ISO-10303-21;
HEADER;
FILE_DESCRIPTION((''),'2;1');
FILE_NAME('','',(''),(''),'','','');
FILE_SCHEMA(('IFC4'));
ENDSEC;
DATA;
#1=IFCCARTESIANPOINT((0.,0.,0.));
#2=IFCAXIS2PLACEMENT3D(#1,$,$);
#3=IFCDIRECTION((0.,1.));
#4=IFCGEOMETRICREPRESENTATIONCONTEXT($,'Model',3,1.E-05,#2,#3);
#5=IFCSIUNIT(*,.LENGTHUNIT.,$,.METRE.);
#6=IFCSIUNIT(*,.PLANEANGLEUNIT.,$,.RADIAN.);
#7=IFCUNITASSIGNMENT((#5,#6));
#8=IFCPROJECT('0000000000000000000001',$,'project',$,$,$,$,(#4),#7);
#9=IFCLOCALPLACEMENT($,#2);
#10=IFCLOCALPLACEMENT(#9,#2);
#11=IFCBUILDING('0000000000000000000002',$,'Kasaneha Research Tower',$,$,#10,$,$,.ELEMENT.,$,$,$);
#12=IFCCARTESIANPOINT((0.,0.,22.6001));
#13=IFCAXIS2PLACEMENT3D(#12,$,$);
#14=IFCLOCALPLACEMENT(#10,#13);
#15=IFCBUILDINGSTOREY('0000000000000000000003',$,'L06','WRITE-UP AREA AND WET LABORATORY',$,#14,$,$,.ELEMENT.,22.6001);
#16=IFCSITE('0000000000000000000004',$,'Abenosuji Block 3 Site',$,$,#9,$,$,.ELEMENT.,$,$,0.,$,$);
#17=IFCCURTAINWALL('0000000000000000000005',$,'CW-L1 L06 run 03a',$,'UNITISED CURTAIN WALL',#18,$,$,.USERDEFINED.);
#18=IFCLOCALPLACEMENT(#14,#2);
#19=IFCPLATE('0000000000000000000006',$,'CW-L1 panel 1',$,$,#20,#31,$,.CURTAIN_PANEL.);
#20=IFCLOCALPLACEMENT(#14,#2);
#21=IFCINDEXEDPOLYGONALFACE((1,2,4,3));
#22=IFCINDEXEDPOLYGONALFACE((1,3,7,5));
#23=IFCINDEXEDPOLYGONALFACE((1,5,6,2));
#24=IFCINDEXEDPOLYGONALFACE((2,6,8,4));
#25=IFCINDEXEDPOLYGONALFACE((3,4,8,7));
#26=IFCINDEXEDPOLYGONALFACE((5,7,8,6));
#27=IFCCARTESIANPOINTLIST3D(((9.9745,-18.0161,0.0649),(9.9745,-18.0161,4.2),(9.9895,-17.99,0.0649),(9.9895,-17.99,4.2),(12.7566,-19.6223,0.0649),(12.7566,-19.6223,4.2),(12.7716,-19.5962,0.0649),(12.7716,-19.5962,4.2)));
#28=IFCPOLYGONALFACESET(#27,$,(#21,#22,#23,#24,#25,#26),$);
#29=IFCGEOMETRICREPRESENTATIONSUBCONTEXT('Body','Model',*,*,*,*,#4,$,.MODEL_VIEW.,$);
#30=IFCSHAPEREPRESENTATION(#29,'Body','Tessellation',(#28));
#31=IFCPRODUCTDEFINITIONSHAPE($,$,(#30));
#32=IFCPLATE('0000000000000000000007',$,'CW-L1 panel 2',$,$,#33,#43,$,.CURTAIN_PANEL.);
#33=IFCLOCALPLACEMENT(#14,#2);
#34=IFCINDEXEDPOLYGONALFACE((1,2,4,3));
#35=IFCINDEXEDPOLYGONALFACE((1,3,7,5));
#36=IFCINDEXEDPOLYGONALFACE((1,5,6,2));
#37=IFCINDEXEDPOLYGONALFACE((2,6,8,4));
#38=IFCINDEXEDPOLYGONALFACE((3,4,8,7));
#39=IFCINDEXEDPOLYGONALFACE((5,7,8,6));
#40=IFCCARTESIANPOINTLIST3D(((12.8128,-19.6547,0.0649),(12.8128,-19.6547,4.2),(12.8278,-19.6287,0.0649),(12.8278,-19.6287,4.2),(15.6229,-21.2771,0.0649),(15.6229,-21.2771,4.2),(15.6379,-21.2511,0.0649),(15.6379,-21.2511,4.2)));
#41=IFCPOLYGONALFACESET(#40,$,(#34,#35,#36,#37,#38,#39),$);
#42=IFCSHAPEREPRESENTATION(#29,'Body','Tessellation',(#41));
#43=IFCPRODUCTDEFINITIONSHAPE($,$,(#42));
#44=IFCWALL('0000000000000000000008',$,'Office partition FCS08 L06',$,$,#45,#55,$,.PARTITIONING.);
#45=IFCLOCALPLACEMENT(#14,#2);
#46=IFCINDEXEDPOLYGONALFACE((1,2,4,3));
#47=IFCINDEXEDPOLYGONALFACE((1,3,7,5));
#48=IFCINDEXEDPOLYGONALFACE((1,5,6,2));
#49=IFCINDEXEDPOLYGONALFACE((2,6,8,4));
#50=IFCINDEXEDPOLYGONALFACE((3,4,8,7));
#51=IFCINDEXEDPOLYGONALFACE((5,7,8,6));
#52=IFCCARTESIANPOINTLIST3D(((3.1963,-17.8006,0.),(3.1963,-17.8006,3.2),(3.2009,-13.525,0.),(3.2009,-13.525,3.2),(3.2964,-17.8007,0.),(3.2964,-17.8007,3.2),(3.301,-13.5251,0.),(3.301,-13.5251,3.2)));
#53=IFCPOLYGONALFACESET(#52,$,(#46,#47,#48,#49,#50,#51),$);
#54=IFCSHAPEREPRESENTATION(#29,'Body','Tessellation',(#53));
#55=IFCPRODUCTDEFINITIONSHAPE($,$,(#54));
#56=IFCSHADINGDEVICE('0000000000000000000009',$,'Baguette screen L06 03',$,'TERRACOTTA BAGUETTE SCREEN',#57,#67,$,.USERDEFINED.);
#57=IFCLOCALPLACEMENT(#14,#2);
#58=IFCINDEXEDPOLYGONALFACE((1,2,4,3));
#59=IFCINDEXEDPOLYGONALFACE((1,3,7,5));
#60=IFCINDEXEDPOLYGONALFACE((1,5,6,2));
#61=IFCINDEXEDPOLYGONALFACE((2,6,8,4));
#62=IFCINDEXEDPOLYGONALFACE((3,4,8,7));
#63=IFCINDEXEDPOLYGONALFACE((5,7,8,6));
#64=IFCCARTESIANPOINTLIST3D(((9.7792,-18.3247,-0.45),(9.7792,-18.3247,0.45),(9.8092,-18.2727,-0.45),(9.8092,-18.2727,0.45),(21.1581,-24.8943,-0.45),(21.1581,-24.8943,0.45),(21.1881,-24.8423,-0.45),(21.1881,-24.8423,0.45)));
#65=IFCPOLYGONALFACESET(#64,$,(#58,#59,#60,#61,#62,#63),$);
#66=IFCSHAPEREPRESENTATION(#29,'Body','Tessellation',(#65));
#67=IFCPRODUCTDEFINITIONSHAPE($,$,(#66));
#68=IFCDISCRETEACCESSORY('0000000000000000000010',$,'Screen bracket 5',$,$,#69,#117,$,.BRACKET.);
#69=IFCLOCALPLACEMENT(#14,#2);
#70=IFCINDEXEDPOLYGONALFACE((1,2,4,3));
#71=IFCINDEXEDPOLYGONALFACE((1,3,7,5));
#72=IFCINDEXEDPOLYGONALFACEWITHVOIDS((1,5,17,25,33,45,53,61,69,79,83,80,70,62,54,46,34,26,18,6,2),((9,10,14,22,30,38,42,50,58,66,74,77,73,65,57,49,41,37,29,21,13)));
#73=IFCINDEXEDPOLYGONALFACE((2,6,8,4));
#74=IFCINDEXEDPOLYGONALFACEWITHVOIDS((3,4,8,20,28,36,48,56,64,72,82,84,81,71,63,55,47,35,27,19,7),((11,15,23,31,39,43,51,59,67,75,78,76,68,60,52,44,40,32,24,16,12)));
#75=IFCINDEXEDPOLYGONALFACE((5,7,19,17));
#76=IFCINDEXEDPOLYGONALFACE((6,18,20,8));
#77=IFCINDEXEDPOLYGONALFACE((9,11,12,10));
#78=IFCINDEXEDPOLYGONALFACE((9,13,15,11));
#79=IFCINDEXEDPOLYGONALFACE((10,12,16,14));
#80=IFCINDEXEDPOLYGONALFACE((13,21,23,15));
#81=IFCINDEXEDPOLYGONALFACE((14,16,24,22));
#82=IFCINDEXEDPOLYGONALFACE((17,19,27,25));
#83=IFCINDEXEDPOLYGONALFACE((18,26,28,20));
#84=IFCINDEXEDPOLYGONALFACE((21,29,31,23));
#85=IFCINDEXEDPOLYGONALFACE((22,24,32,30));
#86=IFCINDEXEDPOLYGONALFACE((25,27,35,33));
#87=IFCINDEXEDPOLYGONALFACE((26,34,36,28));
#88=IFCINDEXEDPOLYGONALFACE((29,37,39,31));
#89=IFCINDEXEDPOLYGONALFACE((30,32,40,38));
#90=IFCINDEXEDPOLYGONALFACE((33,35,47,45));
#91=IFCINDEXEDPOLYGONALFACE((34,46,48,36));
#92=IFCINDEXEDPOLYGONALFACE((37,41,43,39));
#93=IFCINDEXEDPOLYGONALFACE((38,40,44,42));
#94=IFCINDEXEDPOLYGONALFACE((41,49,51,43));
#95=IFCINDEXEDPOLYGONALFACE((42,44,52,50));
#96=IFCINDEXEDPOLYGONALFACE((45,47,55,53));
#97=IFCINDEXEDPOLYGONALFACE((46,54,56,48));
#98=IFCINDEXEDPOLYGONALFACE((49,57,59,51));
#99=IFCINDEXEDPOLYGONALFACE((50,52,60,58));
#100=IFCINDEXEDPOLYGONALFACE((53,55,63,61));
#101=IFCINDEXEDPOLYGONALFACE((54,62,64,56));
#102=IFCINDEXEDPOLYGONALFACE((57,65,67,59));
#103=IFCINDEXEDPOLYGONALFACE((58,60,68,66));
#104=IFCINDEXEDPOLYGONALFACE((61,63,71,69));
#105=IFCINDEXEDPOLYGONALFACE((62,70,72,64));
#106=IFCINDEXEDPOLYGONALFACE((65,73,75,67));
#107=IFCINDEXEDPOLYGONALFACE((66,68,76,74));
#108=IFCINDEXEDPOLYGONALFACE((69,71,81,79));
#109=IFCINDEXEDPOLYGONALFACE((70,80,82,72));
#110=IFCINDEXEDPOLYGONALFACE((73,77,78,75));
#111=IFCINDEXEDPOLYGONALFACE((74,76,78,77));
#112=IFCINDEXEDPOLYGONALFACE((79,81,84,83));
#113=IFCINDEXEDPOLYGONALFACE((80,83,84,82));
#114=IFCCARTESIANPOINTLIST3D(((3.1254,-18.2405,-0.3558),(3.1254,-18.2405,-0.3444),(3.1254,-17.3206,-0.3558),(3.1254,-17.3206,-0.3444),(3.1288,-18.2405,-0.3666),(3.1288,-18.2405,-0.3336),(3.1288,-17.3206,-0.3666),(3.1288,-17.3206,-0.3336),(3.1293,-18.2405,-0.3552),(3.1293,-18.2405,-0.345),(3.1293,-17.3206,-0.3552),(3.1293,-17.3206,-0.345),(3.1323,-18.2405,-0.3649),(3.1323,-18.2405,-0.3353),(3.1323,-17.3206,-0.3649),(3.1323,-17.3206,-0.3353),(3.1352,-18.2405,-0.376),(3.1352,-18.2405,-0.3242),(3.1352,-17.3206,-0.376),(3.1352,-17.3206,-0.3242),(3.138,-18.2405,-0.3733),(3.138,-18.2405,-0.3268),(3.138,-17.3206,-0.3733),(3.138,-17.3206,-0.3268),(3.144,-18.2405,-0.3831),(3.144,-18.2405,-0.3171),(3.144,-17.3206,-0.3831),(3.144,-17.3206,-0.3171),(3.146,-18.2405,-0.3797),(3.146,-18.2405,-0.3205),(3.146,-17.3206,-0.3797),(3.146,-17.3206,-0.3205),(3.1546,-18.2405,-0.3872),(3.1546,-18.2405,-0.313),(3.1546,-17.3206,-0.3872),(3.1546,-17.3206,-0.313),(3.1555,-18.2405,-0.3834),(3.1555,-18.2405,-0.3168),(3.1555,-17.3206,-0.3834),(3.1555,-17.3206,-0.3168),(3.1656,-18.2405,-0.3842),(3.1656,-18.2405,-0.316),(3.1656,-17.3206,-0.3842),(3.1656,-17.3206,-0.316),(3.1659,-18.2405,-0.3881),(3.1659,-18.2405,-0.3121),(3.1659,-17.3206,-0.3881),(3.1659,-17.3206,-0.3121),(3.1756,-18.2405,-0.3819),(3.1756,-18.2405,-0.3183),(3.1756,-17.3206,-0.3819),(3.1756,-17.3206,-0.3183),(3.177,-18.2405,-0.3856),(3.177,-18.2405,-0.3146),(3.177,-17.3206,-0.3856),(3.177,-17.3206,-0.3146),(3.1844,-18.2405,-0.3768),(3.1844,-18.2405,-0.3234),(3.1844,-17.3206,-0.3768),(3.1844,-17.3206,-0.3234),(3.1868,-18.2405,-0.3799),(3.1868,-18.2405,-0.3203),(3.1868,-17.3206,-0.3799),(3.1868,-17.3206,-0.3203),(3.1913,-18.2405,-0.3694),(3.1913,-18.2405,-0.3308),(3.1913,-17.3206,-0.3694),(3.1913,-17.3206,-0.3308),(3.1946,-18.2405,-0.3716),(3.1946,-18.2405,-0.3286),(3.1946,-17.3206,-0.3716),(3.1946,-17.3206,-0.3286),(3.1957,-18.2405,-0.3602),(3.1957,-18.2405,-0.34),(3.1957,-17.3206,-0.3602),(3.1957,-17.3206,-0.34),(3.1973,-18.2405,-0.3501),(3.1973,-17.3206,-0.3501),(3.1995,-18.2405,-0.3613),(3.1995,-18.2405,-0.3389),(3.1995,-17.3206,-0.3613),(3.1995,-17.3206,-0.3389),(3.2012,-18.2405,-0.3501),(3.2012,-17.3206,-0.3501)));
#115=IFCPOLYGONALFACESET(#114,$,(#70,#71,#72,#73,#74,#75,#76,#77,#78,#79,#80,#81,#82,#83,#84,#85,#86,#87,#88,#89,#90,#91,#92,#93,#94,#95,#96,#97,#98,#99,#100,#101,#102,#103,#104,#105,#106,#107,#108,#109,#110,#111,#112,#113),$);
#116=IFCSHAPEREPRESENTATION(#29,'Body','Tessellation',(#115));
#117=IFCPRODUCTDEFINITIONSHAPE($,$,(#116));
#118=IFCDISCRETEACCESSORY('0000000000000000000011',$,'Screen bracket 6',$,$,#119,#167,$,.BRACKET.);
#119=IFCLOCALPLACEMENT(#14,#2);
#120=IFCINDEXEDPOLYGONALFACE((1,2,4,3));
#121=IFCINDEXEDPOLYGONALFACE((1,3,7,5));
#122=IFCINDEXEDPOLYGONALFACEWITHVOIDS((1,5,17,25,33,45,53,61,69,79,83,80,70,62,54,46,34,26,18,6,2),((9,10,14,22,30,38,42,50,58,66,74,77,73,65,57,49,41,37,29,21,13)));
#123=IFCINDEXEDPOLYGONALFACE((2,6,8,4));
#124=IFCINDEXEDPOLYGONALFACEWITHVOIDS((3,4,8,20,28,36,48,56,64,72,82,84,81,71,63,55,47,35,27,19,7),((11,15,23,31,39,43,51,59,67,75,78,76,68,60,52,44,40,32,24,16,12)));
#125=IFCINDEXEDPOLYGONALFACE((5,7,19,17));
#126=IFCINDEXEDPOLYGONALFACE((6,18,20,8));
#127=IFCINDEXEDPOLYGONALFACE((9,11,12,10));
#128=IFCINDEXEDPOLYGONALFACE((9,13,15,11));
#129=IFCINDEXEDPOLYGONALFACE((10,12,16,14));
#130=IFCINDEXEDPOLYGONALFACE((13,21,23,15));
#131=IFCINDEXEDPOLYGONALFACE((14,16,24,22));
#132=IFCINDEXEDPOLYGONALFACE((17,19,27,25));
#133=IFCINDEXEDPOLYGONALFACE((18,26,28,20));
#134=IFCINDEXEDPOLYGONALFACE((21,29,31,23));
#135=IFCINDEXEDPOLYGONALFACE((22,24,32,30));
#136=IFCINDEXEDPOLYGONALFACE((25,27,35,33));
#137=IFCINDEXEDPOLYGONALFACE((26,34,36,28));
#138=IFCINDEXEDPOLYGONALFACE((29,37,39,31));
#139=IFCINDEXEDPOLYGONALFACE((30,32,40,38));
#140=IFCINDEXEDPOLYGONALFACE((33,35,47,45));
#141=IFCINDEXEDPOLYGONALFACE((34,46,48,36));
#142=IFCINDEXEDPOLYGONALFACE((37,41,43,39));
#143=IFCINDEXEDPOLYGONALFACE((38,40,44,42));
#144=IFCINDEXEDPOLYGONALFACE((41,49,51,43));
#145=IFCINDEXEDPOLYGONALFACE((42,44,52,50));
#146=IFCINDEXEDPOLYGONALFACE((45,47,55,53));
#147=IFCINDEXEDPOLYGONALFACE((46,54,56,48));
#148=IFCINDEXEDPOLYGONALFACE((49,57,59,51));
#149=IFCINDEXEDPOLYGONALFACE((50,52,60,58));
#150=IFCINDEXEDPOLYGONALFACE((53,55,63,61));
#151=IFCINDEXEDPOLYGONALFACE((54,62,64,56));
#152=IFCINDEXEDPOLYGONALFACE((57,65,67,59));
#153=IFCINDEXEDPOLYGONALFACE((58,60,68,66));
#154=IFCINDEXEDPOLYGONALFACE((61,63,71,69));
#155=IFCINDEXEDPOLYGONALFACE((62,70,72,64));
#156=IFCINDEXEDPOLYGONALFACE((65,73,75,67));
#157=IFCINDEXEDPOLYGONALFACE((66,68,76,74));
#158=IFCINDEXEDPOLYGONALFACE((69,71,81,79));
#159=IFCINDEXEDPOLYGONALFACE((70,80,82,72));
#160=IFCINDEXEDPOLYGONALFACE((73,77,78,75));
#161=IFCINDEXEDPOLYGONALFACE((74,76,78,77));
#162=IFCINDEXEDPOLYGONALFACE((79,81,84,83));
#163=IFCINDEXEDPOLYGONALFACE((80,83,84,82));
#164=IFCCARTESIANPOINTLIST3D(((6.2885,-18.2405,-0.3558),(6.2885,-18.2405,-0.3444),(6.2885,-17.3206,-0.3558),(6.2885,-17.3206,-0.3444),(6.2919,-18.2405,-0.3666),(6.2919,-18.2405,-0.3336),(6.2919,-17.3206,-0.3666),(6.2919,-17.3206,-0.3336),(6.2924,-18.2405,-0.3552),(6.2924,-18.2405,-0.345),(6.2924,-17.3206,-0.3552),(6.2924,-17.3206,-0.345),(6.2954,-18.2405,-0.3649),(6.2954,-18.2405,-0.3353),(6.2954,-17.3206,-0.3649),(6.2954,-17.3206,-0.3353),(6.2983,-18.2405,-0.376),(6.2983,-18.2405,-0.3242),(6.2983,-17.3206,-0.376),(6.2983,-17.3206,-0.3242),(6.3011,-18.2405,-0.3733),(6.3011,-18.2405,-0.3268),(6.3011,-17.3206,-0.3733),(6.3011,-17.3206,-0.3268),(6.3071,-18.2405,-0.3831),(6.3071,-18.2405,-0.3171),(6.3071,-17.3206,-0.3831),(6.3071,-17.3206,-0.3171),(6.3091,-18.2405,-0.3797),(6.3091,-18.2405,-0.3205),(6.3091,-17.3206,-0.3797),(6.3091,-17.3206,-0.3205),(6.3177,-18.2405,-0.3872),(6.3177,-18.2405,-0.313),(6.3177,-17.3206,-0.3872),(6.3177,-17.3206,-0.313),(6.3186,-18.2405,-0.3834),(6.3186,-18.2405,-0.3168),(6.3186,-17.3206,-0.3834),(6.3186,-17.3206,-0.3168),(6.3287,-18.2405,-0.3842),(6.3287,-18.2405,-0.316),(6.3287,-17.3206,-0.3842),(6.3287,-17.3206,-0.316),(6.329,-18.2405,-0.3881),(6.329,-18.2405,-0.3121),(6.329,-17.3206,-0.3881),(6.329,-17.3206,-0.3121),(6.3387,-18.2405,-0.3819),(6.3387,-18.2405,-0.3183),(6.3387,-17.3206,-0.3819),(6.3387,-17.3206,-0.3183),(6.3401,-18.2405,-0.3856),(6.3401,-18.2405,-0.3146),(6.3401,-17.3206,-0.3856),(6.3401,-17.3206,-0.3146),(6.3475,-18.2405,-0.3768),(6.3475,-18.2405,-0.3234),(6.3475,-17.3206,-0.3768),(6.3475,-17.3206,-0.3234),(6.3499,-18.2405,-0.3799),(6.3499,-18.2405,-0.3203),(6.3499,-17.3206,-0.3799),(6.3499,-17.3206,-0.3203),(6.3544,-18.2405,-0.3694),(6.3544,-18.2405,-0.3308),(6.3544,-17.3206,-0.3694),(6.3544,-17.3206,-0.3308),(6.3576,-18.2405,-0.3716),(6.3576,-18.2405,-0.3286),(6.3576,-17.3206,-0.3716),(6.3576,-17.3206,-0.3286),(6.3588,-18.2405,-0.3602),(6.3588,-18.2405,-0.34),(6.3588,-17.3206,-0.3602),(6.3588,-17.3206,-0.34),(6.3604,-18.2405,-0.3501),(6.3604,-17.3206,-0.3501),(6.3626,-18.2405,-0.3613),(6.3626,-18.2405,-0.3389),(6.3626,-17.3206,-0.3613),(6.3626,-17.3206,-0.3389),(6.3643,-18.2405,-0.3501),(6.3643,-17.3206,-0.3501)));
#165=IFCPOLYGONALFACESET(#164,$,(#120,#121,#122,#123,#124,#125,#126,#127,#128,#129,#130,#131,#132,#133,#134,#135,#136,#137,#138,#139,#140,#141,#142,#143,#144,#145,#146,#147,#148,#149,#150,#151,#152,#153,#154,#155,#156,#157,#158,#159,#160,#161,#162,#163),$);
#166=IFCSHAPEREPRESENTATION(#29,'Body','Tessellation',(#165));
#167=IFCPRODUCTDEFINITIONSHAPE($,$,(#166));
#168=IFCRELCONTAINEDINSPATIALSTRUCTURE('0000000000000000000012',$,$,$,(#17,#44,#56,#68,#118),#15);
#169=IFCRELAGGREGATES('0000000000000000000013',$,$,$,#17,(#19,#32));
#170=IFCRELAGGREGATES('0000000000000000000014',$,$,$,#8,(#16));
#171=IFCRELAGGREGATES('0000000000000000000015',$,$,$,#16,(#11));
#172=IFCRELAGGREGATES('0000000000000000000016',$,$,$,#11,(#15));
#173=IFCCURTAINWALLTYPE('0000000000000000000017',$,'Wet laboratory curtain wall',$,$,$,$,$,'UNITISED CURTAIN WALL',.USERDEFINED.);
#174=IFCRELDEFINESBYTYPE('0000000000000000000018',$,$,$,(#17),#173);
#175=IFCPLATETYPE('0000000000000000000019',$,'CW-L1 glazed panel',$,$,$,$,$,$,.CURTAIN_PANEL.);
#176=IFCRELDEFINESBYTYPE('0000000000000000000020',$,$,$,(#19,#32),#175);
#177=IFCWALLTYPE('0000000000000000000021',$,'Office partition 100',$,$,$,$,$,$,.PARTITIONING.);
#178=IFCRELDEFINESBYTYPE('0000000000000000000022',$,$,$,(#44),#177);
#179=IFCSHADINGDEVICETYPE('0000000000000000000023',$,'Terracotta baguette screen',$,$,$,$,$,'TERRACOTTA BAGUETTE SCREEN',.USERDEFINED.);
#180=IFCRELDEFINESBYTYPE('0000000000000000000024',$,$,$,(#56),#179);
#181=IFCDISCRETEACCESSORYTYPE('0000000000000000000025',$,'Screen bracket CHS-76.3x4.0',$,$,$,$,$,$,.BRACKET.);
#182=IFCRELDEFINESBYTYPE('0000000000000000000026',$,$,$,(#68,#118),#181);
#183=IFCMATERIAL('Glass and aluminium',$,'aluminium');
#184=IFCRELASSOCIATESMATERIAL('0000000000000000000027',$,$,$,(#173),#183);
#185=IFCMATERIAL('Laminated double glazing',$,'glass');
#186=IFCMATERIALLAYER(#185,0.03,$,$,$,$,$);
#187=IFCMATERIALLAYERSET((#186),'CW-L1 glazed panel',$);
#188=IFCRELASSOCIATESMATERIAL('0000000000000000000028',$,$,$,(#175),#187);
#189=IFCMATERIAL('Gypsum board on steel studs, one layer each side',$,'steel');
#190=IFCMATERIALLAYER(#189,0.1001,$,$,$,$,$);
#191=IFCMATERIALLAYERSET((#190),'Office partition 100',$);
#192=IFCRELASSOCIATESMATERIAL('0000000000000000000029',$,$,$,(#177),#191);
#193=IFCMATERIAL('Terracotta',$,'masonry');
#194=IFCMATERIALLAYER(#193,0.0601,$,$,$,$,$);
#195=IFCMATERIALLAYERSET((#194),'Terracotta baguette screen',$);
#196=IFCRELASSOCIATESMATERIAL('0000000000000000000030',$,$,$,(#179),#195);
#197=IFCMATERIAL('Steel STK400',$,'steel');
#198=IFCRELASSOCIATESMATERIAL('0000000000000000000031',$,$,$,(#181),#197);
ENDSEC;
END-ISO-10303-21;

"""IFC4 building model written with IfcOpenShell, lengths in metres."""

from ifc_helpers import new_model, si_unit, direction, frame, frame_2d, origin, origin_2d, place, context, subcontext, project, spatial, rectangle, hollow_circle, extrude, material, layer, layer_set, material_profile, profile_set, type_object, element, aggregate, save


model = new_model("IFC4")

# Units and contexts
model_context = context("Model", 3, precision=1e-05, world=origin(), true_north=direction((0.0, 1.0)))
body_context = subcontext(model_context, "Body", "Model", "MODEL_VIEW")
ifc_project = project(units=[si_unit("LENGTHUNIT", "METRE"), si_unit("PLANEANGLEUNIT", "RADIAN")], contexts=[model_context])

# Site, building, storey
site_placement = place(None, origin())
site = spatial("IfcSite", under=ifc_project, at=site_placement, Name="Abenosuji Block 3 Site", CompositionType="ELEMENT", RefElevation=0.0)
building_placement = place(site_placement, origin())
building = spatial("IfcBuilding", under=site, at=building_placement, Name="Kasaneha Research Tower", CompositionType="ELEMENT")
storey_placement = place(building_placement, frame((0.0, 0.0, 22.6001)))
storey = spatial("IfcBuildingStorey", under=building, at=storey_placement, Name="L06", Description="WRITE-UP AREA AND WET LABORATORY", CompositionType="ELEMENT", Elevation=22.6001)

# Curtain wall
ifc_material_1 = material(Name="Glass and aluminium", Category="aluminium")
curtain_wall_type = type_object("IfcCurtainWallType", Name="Wet laboratory curtain wall", ElementType="UNITISED CURTAIN WALL", PredefinedType="USERDEFINED", material=ifc_material_1)
curtain_wall_1_placement = place(storey_placement, origin())
curtain_wall_1 = element("IfcCurtainWall", 1, at=curtain_wall_1_placement, inside=storey, type_object=curtain_wall_type, Name="CW-L1 L06 run 03a", ObjectType="UNITISED CURTAIN WALL", PredefinedType="USERDEFINED")

# Plates
ifc_material_2 = material(Name="Laminated double glazing", Category="glass")
ifc_layer_1 = layer(ifc_material_2, 0.03)
ifc_layer_set_1 = layer_set([ifc_layer_1], Name="CW-L1 glazed panel")
plate_type = type_object("IfcPlateType", Name="CW-L1 glazed panel", PredefinedType="CURTAIN_PANEL", material=ifc_layer_set_1)
plate_1_placement = place(storey_placement, frame((11.373, -18.8062, 0.0649), z_axis=(0.0, 0.0, 1.0), x_axis=(0.866025, -0.5, 0.0)))
plate_1 = element("IfcPlate", 2, at=plate_1_placement, type_object=plate_type, Name="CW-L1 panel 1", PredefinedType="CURTAIN_PANEL", context=body_context, shape_type="SweptSolid", body=[
    extrude(rectangle(XDim=3.2124, YDim=0.03, at=origin_2d()), origin(), (0.0, 0.0, 1.0), 4.135),
])
plate_2_placement = place(storey_placement, frame((14.2253, -20.4529, 0.0649), z_axis=(0.0, 0.0, 1.0), x_axis=(0.866025, -0.5, 0.0)))
plate_2 = element("IfcPlate", 3, at=plate_2_placement, type_object=plate_type, Name="CW-L1 panel 2", PredefinedType="CURTAIN_PANEL", context=body_context, shape_type="SweptSolid", body=[
    extrude(rectangle(XDim=3.2449, YDim=0.03, at=origin_2d()), origin(), (0.0, 0.0, 1.0), 4.135),
])
aggregate(curtain_wall_1, [plate_1, plate_2])

# Wall
ifc_material_3 = material(Name="Gypsum board on steel studs, one layer each side", Category="steel")
ifc_layer_2 = layer(ifc_material_3, 0.1001)
ifc_layer_set_2 = layer_set([ifc_layer_2], Name="Office partition 100")
wall_type = type_object("IfcWallType", Name="Office partition 100", PredefinedType="PARTITIONING", material=ifc_layer_set_2)
wall_placement = place(storey_placement, frame((3.2463, -17.8005, 0.0), z_axis=(0.0, 0.0, 1.0), x_axis=(0.001085, 0.999999, 0.0)))
element("IfcWall", 4, at=wall_placement, inside=storey, type_object=wall_type, Name="Office partition FCS08 L06", PredefinedType="PARTITIONING", context=body_context, shape_type="SweptSolid", body=[
    extrude(rectangle(XDim=4.2756, YDim=0.1001, at=frame_2d((2.1377, 0.0))), origin(), (0.0, 0.0, 1.0), 3.2),
])

# Shading device
ifc_material_4 = material(Name="Terracotta", Category="masonry")
ifc_layer_3 = layer(ifc_material_4, 0.0601)
ifc_layer_set_3 = layer_set([ifc_layer_3], Name="Terracotta baguette screen")
shading_device_type = type_object("IfcShadingDeviceType", Name="Terracotta baguette screen", ElementType="TERRACOTTA BAGUETTE SCREEN", PredefinedType="USERDEFINED", material=ifc_layer_set_3)
shading_device_placement = place(storey_placement, frame((15.4836, -21.5835, -0.45), z_axis=(0.0, 0.0, 1.0), x_axis=(0.866025, -0.5, 0.0)))
element("IfcShadingDevice", 5, at=shading_device_placement, inside=storey, type_object=shading_device_type, Name="Baguette screen L06 03", ObjectType="TERRACOTTA BAGUETTE SCREEN", PredefinedType="USERDEFINED", context=body_context, shape_type="SweptSolid", body=[
    extrude(rectangle(XDim=13.1392, YDim=0.0601, at=origin_2d()), origin(), (0.0, 0.0, 1.0), 0.8999),
])

# Discrete accessories
ifc_material_5 = material(Name="Steel STK400", Category="steel")
ifc_material_profile_1 = material_profile(ifc_material_5, hollow_circle(Radius=0.0381, WallThickness=0.0039, at=origin_2d()), Name="CHS-76.3x4.0")
ifc_profile_set_1 = profile_set([ifc_material_profile_1], Name="Steel STK400")
discrete_accessory_type = type_object("IfcDiscreteAccessoryType", Name="Screen bracket CHS-76.3x4.0", PredefinedType="BRACKET", material=ifc_profile_set_1)
for number, where, z_axis, x_axis, name in (
    (6, (3.1631, -17.3206, -0.3501), (0.0, -1.0, 0.0), (1.0, 0.0, 0.0), "Screen bracket 5"),
    (7, (6.3262, -17.3206, -0.3501), (0.0, -1.0, 0.0), (1.0, 0.0, 0.0), "Screen bracket 6"),
):
    element("IfcDiscreteAccessory", number, at=place(storey_placement, frame(where, z_axis=z_axis, x_axis=x_axis)), inside=storey, type_object=discrete_accessory_type, Name=name, PredefinedType="BRACKET", context=body_context, shape_type="SweptSolid", body=[
        extrude(hollow_circle(Radius=0.0381, WallThickness=0.0039, at=origin_2d()), origin(), (0.0, 0.0, 1.0), 0.9199),
    ])

save(model, "model.ifc")
